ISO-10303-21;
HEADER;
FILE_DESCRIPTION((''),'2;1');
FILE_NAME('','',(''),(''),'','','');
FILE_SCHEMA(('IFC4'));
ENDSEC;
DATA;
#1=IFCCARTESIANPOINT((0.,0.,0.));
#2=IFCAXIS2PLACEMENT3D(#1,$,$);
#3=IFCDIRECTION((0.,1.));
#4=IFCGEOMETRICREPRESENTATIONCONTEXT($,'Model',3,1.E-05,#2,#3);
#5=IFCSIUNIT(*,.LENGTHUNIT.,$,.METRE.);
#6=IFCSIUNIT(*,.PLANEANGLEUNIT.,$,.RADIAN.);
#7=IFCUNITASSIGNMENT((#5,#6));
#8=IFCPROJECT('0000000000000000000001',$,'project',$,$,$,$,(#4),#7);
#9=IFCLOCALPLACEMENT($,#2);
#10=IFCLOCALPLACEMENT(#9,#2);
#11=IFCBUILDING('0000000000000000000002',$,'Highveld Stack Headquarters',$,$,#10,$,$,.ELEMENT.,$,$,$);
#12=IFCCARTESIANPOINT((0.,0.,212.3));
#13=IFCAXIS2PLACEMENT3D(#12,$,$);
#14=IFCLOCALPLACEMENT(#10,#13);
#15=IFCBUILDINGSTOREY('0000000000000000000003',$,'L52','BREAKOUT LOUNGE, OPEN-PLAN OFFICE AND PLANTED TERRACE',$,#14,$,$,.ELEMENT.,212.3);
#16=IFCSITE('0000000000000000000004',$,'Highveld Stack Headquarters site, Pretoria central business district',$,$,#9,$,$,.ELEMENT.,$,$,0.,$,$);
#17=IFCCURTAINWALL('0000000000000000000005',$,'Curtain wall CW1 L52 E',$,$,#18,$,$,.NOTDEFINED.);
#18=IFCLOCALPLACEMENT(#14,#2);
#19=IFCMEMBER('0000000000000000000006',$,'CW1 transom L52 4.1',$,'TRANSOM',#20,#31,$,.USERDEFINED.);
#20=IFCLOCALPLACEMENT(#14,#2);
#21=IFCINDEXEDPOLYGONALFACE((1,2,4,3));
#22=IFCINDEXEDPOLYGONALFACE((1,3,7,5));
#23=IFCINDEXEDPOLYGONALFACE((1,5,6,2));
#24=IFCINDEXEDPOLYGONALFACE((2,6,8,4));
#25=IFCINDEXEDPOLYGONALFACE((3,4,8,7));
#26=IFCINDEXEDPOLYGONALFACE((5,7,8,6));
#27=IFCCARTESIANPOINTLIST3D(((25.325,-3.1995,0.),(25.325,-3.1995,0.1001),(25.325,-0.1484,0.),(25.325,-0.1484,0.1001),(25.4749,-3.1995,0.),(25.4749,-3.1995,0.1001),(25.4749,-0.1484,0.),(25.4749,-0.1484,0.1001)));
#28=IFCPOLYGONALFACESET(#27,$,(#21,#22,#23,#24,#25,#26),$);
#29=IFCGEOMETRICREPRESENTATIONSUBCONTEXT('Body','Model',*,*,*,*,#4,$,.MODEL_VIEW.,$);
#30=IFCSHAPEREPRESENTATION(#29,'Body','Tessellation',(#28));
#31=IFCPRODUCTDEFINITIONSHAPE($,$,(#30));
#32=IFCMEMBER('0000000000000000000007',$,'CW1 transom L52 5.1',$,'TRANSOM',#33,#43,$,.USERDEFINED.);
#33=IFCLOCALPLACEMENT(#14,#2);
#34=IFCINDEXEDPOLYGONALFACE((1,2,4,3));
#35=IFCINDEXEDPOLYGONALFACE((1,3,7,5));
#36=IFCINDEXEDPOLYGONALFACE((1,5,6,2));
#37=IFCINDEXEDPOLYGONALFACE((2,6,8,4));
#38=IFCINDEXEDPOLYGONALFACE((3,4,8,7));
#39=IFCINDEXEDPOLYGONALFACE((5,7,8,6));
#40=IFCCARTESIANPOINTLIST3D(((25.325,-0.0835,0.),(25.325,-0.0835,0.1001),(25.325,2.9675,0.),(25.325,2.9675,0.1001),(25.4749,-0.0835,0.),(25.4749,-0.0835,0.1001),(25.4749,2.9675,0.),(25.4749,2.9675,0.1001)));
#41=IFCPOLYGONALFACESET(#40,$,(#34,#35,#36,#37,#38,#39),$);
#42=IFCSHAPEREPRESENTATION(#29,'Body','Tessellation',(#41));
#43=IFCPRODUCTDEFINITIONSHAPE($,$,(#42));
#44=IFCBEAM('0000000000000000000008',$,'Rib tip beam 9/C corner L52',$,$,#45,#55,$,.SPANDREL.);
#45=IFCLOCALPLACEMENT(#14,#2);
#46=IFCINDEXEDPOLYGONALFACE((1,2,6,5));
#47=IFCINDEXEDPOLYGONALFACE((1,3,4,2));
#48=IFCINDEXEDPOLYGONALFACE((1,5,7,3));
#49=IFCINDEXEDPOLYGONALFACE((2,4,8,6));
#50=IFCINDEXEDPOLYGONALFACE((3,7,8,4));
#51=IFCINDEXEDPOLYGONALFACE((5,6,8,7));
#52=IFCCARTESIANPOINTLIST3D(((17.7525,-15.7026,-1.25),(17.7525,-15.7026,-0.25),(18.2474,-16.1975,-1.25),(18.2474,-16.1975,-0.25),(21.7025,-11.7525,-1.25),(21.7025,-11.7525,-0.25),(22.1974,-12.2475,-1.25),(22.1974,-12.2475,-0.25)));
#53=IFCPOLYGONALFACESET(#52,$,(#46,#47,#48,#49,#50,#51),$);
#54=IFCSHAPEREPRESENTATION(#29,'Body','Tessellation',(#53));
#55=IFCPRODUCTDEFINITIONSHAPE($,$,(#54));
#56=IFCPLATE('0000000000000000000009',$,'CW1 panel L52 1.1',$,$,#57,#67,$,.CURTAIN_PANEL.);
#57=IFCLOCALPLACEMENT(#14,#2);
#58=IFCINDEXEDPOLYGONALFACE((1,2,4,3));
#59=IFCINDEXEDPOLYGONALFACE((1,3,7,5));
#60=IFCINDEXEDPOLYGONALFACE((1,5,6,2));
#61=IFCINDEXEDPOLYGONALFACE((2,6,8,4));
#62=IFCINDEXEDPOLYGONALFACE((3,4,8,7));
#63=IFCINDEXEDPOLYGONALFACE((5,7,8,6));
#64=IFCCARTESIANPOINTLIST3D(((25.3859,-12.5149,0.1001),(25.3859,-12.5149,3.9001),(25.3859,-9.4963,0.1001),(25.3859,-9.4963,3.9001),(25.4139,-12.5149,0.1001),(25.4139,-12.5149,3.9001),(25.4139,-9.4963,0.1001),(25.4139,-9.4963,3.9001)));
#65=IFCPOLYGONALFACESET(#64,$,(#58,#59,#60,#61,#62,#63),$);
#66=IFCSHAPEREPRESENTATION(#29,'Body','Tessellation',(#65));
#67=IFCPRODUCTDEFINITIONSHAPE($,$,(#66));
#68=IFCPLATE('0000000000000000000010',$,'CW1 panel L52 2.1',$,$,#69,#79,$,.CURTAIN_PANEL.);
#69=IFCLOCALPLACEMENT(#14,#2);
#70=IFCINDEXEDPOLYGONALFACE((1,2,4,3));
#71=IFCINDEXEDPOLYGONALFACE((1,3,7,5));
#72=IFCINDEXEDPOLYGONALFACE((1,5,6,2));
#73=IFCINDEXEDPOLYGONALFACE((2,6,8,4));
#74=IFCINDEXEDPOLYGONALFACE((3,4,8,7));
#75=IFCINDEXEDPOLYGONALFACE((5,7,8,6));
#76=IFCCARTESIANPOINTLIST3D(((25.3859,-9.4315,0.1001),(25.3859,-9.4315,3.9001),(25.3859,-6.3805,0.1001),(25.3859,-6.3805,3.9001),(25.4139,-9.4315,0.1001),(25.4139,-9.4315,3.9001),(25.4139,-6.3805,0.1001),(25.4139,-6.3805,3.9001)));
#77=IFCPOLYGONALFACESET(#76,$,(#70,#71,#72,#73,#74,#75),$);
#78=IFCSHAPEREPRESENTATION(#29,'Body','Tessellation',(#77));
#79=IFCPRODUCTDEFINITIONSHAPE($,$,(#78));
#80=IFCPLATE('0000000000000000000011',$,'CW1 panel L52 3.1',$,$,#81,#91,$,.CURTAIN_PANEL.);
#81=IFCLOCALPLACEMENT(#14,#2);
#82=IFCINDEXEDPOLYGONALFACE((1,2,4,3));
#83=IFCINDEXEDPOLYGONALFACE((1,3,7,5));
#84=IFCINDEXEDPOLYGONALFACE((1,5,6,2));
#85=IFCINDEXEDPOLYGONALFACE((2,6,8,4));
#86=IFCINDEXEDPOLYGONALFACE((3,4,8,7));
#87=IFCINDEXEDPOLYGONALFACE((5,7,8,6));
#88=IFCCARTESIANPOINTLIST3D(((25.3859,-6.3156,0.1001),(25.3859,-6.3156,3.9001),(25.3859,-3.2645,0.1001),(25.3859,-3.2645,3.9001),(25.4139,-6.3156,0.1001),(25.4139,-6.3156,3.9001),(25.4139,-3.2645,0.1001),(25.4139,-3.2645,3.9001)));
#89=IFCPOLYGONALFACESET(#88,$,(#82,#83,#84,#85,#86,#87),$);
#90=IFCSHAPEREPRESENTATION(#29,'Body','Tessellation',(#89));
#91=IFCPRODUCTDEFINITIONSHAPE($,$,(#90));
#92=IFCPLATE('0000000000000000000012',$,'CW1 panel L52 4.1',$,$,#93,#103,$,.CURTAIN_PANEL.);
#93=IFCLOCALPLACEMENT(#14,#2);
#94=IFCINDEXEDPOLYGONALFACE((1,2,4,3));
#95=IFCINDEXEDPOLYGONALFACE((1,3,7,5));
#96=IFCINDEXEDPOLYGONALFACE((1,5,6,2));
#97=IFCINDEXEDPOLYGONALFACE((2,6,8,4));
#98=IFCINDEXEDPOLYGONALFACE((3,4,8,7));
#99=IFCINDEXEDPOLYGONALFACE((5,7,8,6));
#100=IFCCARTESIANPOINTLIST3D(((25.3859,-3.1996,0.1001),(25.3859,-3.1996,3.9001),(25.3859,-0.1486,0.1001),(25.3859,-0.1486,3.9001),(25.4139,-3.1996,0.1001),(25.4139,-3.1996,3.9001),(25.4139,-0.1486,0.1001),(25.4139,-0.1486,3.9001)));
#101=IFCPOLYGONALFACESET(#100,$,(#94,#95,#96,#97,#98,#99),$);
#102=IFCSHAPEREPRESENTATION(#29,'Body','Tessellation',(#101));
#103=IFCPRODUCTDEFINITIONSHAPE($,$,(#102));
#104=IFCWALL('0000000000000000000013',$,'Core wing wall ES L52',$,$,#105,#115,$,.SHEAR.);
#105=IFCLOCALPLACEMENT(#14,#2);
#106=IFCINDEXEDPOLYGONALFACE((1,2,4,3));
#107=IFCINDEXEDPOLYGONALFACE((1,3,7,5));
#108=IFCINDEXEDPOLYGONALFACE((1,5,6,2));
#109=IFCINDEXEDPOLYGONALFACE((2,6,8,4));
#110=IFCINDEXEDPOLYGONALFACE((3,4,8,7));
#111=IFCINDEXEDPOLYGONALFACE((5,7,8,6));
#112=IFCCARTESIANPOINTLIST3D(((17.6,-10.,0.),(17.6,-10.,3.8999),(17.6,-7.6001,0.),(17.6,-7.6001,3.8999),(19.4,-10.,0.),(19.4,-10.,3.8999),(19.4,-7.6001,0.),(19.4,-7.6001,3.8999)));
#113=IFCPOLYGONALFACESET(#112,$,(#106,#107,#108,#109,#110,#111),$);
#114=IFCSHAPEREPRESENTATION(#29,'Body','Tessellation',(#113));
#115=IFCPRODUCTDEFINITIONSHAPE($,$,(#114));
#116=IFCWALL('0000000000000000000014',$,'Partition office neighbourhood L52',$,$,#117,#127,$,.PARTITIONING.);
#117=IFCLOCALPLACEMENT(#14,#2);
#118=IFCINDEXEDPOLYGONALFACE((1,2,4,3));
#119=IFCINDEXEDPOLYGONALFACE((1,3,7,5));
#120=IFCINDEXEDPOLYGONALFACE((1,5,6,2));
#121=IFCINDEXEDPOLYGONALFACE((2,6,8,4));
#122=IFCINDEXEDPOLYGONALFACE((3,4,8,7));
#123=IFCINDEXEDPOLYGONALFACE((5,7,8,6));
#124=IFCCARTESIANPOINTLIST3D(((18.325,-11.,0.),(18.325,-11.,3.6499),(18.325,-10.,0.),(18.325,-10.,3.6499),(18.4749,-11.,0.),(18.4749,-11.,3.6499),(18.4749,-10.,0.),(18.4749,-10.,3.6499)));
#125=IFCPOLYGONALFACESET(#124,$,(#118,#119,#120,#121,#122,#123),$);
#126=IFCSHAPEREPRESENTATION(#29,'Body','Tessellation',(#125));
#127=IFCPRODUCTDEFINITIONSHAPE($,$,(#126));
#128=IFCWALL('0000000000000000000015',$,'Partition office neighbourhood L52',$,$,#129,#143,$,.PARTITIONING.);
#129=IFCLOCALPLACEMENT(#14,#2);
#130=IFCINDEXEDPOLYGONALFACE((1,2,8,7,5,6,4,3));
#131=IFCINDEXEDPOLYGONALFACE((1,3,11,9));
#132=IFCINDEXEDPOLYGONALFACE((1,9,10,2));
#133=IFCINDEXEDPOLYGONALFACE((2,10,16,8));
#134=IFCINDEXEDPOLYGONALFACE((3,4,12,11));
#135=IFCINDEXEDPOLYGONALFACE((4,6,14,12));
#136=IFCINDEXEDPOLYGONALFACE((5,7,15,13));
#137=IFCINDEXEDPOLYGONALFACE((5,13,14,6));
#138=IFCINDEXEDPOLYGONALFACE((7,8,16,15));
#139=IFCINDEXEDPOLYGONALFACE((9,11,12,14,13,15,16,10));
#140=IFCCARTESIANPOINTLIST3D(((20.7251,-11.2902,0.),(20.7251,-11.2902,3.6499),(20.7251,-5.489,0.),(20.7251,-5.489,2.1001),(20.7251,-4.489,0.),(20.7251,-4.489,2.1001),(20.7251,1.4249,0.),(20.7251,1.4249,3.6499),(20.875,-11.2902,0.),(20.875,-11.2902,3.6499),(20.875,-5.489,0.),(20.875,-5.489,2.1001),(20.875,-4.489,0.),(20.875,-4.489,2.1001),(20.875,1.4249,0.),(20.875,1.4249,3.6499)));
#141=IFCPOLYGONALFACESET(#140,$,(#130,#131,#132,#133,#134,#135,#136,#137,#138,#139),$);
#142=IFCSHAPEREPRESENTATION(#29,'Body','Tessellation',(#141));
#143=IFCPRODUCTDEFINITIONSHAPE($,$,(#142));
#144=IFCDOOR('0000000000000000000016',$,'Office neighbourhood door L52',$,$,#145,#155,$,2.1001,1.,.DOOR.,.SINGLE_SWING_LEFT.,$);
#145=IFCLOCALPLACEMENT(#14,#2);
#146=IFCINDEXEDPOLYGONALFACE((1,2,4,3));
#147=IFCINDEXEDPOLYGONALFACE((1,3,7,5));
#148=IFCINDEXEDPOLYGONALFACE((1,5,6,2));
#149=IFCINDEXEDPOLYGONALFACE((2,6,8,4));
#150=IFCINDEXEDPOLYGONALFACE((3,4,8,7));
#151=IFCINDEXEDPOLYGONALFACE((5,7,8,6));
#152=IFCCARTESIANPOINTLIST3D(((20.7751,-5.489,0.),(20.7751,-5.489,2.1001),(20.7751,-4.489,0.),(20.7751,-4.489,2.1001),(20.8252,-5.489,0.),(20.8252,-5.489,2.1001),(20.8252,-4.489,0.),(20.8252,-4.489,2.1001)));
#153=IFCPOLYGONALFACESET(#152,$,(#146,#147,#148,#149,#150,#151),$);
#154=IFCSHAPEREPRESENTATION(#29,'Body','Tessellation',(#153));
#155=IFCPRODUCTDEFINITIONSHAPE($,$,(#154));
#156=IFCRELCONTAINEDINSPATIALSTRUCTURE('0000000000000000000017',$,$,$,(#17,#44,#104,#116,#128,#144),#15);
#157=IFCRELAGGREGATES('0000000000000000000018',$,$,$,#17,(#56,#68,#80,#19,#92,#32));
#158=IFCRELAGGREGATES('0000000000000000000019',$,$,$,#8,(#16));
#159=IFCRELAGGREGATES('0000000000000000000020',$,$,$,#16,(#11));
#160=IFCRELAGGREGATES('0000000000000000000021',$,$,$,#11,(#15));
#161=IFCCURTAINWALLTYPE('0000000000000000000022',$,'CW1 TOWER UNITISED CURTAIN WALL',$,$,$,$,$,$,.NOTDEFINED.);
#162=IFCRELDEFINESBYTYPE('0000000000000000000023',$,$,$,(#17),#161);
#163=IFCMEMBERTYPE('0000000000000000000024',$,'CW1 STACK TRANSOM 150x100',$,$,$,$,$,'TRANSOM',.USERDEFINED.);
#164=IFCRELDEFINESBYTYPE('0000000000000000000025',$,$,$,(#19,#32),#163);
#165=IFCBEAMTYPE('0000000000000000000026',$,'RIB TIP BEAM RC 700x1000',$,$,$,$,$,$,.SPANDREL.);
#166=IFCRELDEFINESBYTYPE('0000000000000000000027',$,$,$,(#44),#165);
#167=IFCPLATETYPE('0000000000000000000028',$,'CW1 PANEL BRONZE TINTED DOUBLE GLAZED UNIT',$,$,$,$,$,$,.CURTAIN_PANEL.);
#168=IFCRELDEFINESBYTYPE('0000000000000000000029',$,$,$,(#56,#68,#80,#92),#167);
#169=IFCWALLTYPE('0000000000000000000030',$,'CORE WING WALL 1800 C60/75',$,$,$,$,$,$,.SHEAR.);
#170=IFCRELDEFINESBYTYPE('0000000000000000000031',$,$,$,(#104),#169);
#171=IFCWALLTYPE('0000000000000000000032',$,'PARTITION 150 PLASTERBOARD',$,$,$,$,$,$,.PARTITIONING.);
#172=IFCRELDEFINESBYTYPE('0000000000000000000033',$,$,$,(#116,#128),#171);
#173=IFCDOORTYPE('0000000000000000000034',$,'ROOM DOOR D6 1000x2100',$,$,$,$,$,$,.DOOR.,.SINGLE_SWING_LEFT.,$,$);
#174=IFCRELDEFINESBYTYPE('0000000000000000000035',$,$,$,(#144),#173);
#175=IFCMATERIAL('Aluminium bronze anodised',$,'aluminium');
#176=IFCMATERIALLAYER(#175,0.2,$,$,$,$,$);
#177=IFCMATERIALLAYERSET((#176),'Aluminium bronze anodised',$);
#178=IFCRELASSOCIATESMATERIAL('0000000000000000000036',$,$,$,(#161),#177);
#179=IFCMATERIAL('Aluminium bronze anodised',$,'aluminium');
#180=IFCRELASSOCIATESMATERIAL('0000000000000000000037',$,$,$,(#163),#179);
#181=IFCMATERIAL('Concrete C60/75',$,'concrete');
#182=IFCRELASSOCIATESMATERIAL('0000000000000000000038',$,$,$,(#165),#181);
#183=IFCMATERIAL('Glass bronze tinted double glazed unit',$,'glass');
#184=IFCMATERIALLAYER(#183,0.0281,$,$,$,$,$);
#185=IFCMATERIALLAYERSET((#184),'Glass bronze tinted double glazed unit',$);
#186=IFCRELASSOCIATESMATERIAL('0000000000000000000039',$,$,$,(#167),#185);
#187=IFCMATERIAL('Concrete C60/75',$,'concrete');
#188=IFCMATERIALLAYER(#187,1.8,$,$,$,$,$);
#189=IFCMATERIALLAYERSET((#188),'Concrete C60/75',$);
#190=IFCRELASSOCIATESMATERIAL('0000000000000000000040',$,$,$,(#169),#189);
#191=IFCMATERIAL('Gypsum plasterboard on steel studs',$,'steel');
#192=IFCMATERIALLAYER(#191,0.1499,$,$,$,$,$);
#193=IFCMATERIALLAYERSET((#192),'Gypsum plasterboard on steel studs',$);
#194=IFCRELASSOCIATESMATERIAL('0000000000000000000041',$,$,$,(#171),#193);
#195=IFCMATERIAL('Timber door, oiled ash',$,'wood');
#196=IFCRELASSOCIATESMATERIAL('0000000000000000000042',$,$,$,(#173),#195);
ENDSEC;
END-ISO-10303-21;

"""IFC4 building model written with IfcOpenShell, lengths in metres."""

from ifc_helpers import new_model, si_unit, direction, frame, frame_2d, origin, origin_2d, place, context, subcontext, project, spatial, rectangle, extrude, material, layer, layer_set, material_profile, profile_set, type_object, element, fill, aggregate, save


model = new_model("IFC4")

# Units and contexts
model_context = context("Model", 3, precision=1e-05, world=origin(), true_north=direction((0.0, 1.0)))
body_context = subcontext(model_context, "Body", "Model", "MODEL_VIEW")
ifc_project = project(units=[si_unit("LENGTHUNIT", "METRE"), si_unit("PLANEANGLEUNIT", "RADIAN")], contexts=[model_context])

# Site, building, storey
site_placement = place(None, origin())
site = spatial("IfcSite", under=ifc_project, at=site_placement, Name="Highveld Stack Headquarters site, Pretoria central business district", CompositionType="ELEMENT", RefElevation=0.0)
building_placement = place(site_placement, origin())
building = spatial("IfcBuilding", under=site, at=building_placement, Name="Highveld Stack Headquarters", CompositionType="ELEMENT")
storey_placement = place(building_placement, frame((0.0, 0.0, 212.3)))
storey = spatial("IfcBuildingStorey", under=building, at=storey_placement, Name="L52", Description="BREAKOUT LOUNGE, OPEN-PLAN OFFICE AND PLANTED TERRACE", CompositionType="ELEMENT", Elevation=212.3)

# Curtain wall, members
ifc_material_1 = material(Name="Aluminium bronze anodised", Category="aluminium")
ifc_layer_1 = layer(ifc_material_1, 0.2)
ifc_layer_set_1 = layer_set([ifc_layer_1], Name="Aluminium bronze anodised")
curtain_wall_type = type_object("IfcCurtainWallType", Name="CW1 TOWER UNITISED CURTAIN WALL", PredefinedType="NOTDEFINED", material=ifc_layer_set_1)
curtain_wall_placement = place(storey_placement, origin())
curtain_wall = element("IfcCurtainWall", 1, at=curtain_wall_placement, inside=storey, type_object=curtain_wall_type, Name="Curtain wall CW1 L52 E", PredefinedType="NOTDEFINED")
ifc_material_2 = material(Name="Aluminium bronze anodised", Category="aluminium")
ifc_material_profile_1 = material_profile(ifc_material_2, rectangle(XDim=0.1499, YDim=0.1001, at=origin_2d()), Name="CW1 TRANSOM 150x100")
ifc_profile_set_1 = profile_set([ifc_material_profile_1], Name="Aluminium bronze anodised")
member_type_1 = type_object("IfcMemberType", Name="CW1 STACK TRANSOM 150x100", ElementType="TRANSOM", PredefinedType="USERDEFINED", material=ifc_profile_set_1)
member_1_placement = place(storey_placement, frame((25.3999, -3.1995, 0.05), z_axis=(0.0, 1.0, 0.0), x_axis=(-1.0, 0.0, 0.0)))
member_1 = element("IfcMember", 2, at=member_1_placement, type_object=member_type_1, Name="CW1 transom L52 4.1", ObjectType="TRANSOM", PredefinedType="USERDEFINED", context=body_context, shape_type="SweptSolid", body=[
    extrude(rectangle(XDim=0.1499, YDim=0.1001, at=origin_2d()), origin(), (0.0, 0.0, 1.0), 3.051),
])
member_2_placement = place(storey_placement, frame((25.3999, -0.0835, 0.05), z_axis=(0.0, 1.0, 0.0), x_axis=(-1.0, 0.0, 0.0)))
member_2 = element("IfcMember", 3, at=member_2_placement, type_object=member_type_1, Name="CW1 transom L52 5.1", ObjectType="TRANSOM", PredefinedType="USERDEFINED", context=body_context, shape_type="SweptSolid", body=[
    extrude(rectangle(XDim=0.1499, YDim=0.1001, at=origin_2d()), origin(), (0.0, 0.0, 1.0), 3.051),
])

# Beam
ifc_material_3 = material(Name="Concrete C60/75", Category="concrete")
ifc_material_profile_2 = material_profile(ifc_material_3, rectangle(XDim=0.7, YDim=1.0, at=origin_2d()), Name="RC 700x1000")
ifc_profile_set_2 = profile_set([ifc_material_profile_2], Name="Concrete C60/75")
beam_type_1 = type_object("IfcBeamType", Name="RIB TIP BEAM RC 700x1000", PredefinedType="SPANDREL", material=ifc_profile_set_2)
beam_1_placement = place(storey_placement, frame((21.95, -12.0, -0.75), z_axis=(-0.707107, -0.707107, 0.0), x_axis=(0.707107, -0.707107, 0.0)))
element("IfcBeam", 4, at=beam_1_placement, inside=storey, type_object=beam_type_1, Name="Rib tip beam 9/C corner L52", PredefinedType="SPANDREL", context=body_context, shape_type="SweptSolid", body=[
    extrude(rectangle(XDim=0.7, YDim=1.0, at=origin_2d()), origin(), (0.0, 0.0, 1.0), 5.5862),
])

# Plates
ifc_material_4 = material(Name="Glass bronze tinted double glazed unit", Category="glass")
ifc_layer_2 = layer(ifc_material_4, 0.0281)
ifc_layer_set_2 = layer_set([ifc_layer_2], Name="Glass bronze tinted double glazed unit")
plate_type = type_object("IfcPlateType", Name="CW1 PANEL BRONZE TINTED DOUBLE GLAZED UNIT", PredefinedType="CURTAIN_PANEL", material=ifc_layer_set_2)
plate_1_placement = place(storey_placement, frame((25.3999, -11.0056, 0.1001), z_axis=(0.0, 0.0, 1.0), x_axis=(0.0, 1.0, 0.0)))
plate_1 = element("IfcPlate", 5, at=plate_1_placement, type_object=plate_type, Name="CW1 panel L52 1.1", PredefinedType="CURTAIN_PANEL", context=body_context, shape_type="SweptSolid", body=[
    extrude(rectangle(XDim=3.0186, YDim=0.0281, at=origin_2d()), origin(), (0.0, 0.0, 1.0), 3.8),
])
plate_2_placement = place(storey_placement, frame((25.3999, -7.906, 0.1001), z_axis=(0.0, 0.0, 1.0), x_axis=(0.0, 1.0, 0.0)))
plate_2 = element("IfcPlate", 6, at=plate_2_placement, type_object=plate_type, Name="CW1 panel L52 2.1", PredefinedType="CURTAIN_PANEL", context=body_context, shape_type="SweptSolid", body=[
    extrude(rectangle(XDim=3.051, YDim=0.0281, at=origin_2d()), origin(), (0.0, 0.0, 1.0), 3.8),
])
plate_3_placement = place(storey_placement, frame((25.3999, -4.79, 0.1001), z_axis=(0.0, 0.0, 1.0), x_axis=(0.0, 1.0, 0.0)))
plate_3 = element("IfcPlate", 7, at=plate_3_placement, type_object=plate_type, Name="CW1 panel L52 3.1", PredefinedType="CURTAIN_PANEL", context=body_context, shape_type="SweptSolid", body=[
    extrude(rectangle(XDim=3.051, YDim=0.0281, at=origin_2d()), origin(), (0.0, 0.0, 1.0), 3.8),
])
plate_4_placement = place(storey_placement, frame((25.3999, -1.6741, 0.1001), z_axis=(0.0, 0.0, 1.0), x_axis=(0.0, 1.0, 0.0)))
plate_4 = element("IfcPlate", 8, at=plate_4_placement, type_object=plate_type, Name="CW1 panel L52 4.1", PredefinedType="CURTAIN_PANEL", context=body_context, shape_type="SweptSolid", body=[
    extrude(rectangle(XDim=3.051, YDim=0.0281, at=origin_2d()), origin(), (0.0, 0.0, 1.0), 3.8),
])
aggregate(curtain_wall, [plate_1, plate_2, plate_3, member_1, plate_4, member_2])

# Walls
ifc_material_5 = material(Name="Concrete C60/75", Category="concrete")
ifc_layer_3 = layer(ifc_material_5, 1.8)
ifc_layer_set_3 = layer_set([ifc_layer_3], Name="Concrete C60/75")
wall_type_1 = type_object("IfcWallType", Name="CORE WING WALL 1800 C60/75", PredefinedType="SHEAR", material=ifc_layer_set_3)
wall_1_placement = place(storey_placement, frame((18.5, -10.0, 0.0), z_axis=(0.0, 0.0, 1.0), x_axis=(0.0, 1.0, 0.0)))
element("IfcWall", 9, at=wall_1_placement, inside=storey, type_object=wall_type_1, Name="Core wing wall ES L52", PredefinedType="SHEAR", context=body_context, shape_type="SweptSolid", body=[
    extrude(rectangle(XDim=2.3999, YDim=1.8, at=frame_2d((1.2, 0.0))), origin(), (0.0, 0.0, 1.0), 3.8999),
])
ifc_material_6 = material(Name="Gypsum plasterboard on steel studs", Category="steel")
ifc_layer_4 = layer(ifc_material_6, 0.1499)
ifc_layer_set_4 = layer_set([ifc_layer_4], Name="Gypsum plasterboard on steel studs")
wall_type_2 = type_object("IfcWallType", Name="PARTITION 150 PLASTERBOARD", PredefinedType="PARTITIONING", material=ifc_layer_set_4)
wall_2_placement = place(storey_placement, frame((18.3999, -11.0, 0.0), z_axis=(0.0, 0.0, 1.0), x_axis=(0.0, 1.0, 0.0)))
element("IfcWall", 10, at=wall_2_placement, inside=storey, type_object=wall_type_2, Name="Partition office neighbourhood L52", PredefinedType="PARTITIONING", context=body_context, shape_type="SweptSolid", body=[
    extrude(rectangle(XDim=1.0, YDim=0.1499, at=frame_2d((0.5, 0.0))), origin(), (0.0, 0.0, 1.0), 3.6499),
])

# Wall, opening, door
wall_3_placement = place(storey_placement, frame((20.8, -11.29, 0.0), z_axis=(0.0, 0.0, 1.0), x_axis=(0.0, 1.0, 0.0)))
wall_3 = element("IfcWall", 11, at=wall_3_placement, inside=storey, type_object=wall_type_2, Name="Partition office neighbourhood L52", PredefinedType="PARTITIONING", context=body_context, shape_type="SweptSolid", body=[
    extrude(rectangle(XDim=12.7151, YDim=0.1499, at=frame_2d((6.3574, 0.0))), origin(), (0.0, 0.0, 1.0), 3.6499),
])
opening_1_placement = place(wall_3_placement, frame((5.801, 0.0, 0.0)))
opening_1 = element("IfcOpeningElement", 12, at=opening_1_placement, cuts=wall_3, PredefinedType="OPENING", context=body_context, shape_type="SweptSolid", body=[
    extrude(rectangle(XDim=1.0, YDim=2.1001, at=frame_2d((0.5, 1.05))), frame((0.0, 0.085, 0.0), z_axis=(0.0, -1.0, 0.0), x_axis=(1.0, 0.0, 0.0)), (0.0, 0.0, 1.0), 0.1699),
])
ifc_material_7 = material(Name="Timber door, oiled ash", Category="wood")
door_type_1 = type_object("IfcDoorType", Name="ROOM DOOR D6 1000x2100", OperationType="SINGLE_SWING_LEFT", PredefinedType="DOOR", material=ifc_material_7)
door_1_placement = place(opening_1_placement, origin())
door_1 = element("IfcDoor", 13, at=door_1_placement, inside=storey, type_object=door_type_1, Name="Office neighbourhood door L52", OperationType="SINGLE_SWING_LEFT", OverallHeight=2.1001, OverallWidth=1.0, PredefinedType="DOOR", context=body_context, shape_type="SweptSolid", body=[
    extrude(rectangle(XDim=1.0, YDim=2.1001, at=frame_2d((0.5, 1.05))), frame((0.0, 0.0249, 0.0), z_axis=(0.0, -1.0, 0.0), x_axis=(1.0, 0.0, 0.0)), (0.0, 0.0, 1.0), 0.05),
])
fill(opening_1, door_1)

save(model, "model.ifc")
